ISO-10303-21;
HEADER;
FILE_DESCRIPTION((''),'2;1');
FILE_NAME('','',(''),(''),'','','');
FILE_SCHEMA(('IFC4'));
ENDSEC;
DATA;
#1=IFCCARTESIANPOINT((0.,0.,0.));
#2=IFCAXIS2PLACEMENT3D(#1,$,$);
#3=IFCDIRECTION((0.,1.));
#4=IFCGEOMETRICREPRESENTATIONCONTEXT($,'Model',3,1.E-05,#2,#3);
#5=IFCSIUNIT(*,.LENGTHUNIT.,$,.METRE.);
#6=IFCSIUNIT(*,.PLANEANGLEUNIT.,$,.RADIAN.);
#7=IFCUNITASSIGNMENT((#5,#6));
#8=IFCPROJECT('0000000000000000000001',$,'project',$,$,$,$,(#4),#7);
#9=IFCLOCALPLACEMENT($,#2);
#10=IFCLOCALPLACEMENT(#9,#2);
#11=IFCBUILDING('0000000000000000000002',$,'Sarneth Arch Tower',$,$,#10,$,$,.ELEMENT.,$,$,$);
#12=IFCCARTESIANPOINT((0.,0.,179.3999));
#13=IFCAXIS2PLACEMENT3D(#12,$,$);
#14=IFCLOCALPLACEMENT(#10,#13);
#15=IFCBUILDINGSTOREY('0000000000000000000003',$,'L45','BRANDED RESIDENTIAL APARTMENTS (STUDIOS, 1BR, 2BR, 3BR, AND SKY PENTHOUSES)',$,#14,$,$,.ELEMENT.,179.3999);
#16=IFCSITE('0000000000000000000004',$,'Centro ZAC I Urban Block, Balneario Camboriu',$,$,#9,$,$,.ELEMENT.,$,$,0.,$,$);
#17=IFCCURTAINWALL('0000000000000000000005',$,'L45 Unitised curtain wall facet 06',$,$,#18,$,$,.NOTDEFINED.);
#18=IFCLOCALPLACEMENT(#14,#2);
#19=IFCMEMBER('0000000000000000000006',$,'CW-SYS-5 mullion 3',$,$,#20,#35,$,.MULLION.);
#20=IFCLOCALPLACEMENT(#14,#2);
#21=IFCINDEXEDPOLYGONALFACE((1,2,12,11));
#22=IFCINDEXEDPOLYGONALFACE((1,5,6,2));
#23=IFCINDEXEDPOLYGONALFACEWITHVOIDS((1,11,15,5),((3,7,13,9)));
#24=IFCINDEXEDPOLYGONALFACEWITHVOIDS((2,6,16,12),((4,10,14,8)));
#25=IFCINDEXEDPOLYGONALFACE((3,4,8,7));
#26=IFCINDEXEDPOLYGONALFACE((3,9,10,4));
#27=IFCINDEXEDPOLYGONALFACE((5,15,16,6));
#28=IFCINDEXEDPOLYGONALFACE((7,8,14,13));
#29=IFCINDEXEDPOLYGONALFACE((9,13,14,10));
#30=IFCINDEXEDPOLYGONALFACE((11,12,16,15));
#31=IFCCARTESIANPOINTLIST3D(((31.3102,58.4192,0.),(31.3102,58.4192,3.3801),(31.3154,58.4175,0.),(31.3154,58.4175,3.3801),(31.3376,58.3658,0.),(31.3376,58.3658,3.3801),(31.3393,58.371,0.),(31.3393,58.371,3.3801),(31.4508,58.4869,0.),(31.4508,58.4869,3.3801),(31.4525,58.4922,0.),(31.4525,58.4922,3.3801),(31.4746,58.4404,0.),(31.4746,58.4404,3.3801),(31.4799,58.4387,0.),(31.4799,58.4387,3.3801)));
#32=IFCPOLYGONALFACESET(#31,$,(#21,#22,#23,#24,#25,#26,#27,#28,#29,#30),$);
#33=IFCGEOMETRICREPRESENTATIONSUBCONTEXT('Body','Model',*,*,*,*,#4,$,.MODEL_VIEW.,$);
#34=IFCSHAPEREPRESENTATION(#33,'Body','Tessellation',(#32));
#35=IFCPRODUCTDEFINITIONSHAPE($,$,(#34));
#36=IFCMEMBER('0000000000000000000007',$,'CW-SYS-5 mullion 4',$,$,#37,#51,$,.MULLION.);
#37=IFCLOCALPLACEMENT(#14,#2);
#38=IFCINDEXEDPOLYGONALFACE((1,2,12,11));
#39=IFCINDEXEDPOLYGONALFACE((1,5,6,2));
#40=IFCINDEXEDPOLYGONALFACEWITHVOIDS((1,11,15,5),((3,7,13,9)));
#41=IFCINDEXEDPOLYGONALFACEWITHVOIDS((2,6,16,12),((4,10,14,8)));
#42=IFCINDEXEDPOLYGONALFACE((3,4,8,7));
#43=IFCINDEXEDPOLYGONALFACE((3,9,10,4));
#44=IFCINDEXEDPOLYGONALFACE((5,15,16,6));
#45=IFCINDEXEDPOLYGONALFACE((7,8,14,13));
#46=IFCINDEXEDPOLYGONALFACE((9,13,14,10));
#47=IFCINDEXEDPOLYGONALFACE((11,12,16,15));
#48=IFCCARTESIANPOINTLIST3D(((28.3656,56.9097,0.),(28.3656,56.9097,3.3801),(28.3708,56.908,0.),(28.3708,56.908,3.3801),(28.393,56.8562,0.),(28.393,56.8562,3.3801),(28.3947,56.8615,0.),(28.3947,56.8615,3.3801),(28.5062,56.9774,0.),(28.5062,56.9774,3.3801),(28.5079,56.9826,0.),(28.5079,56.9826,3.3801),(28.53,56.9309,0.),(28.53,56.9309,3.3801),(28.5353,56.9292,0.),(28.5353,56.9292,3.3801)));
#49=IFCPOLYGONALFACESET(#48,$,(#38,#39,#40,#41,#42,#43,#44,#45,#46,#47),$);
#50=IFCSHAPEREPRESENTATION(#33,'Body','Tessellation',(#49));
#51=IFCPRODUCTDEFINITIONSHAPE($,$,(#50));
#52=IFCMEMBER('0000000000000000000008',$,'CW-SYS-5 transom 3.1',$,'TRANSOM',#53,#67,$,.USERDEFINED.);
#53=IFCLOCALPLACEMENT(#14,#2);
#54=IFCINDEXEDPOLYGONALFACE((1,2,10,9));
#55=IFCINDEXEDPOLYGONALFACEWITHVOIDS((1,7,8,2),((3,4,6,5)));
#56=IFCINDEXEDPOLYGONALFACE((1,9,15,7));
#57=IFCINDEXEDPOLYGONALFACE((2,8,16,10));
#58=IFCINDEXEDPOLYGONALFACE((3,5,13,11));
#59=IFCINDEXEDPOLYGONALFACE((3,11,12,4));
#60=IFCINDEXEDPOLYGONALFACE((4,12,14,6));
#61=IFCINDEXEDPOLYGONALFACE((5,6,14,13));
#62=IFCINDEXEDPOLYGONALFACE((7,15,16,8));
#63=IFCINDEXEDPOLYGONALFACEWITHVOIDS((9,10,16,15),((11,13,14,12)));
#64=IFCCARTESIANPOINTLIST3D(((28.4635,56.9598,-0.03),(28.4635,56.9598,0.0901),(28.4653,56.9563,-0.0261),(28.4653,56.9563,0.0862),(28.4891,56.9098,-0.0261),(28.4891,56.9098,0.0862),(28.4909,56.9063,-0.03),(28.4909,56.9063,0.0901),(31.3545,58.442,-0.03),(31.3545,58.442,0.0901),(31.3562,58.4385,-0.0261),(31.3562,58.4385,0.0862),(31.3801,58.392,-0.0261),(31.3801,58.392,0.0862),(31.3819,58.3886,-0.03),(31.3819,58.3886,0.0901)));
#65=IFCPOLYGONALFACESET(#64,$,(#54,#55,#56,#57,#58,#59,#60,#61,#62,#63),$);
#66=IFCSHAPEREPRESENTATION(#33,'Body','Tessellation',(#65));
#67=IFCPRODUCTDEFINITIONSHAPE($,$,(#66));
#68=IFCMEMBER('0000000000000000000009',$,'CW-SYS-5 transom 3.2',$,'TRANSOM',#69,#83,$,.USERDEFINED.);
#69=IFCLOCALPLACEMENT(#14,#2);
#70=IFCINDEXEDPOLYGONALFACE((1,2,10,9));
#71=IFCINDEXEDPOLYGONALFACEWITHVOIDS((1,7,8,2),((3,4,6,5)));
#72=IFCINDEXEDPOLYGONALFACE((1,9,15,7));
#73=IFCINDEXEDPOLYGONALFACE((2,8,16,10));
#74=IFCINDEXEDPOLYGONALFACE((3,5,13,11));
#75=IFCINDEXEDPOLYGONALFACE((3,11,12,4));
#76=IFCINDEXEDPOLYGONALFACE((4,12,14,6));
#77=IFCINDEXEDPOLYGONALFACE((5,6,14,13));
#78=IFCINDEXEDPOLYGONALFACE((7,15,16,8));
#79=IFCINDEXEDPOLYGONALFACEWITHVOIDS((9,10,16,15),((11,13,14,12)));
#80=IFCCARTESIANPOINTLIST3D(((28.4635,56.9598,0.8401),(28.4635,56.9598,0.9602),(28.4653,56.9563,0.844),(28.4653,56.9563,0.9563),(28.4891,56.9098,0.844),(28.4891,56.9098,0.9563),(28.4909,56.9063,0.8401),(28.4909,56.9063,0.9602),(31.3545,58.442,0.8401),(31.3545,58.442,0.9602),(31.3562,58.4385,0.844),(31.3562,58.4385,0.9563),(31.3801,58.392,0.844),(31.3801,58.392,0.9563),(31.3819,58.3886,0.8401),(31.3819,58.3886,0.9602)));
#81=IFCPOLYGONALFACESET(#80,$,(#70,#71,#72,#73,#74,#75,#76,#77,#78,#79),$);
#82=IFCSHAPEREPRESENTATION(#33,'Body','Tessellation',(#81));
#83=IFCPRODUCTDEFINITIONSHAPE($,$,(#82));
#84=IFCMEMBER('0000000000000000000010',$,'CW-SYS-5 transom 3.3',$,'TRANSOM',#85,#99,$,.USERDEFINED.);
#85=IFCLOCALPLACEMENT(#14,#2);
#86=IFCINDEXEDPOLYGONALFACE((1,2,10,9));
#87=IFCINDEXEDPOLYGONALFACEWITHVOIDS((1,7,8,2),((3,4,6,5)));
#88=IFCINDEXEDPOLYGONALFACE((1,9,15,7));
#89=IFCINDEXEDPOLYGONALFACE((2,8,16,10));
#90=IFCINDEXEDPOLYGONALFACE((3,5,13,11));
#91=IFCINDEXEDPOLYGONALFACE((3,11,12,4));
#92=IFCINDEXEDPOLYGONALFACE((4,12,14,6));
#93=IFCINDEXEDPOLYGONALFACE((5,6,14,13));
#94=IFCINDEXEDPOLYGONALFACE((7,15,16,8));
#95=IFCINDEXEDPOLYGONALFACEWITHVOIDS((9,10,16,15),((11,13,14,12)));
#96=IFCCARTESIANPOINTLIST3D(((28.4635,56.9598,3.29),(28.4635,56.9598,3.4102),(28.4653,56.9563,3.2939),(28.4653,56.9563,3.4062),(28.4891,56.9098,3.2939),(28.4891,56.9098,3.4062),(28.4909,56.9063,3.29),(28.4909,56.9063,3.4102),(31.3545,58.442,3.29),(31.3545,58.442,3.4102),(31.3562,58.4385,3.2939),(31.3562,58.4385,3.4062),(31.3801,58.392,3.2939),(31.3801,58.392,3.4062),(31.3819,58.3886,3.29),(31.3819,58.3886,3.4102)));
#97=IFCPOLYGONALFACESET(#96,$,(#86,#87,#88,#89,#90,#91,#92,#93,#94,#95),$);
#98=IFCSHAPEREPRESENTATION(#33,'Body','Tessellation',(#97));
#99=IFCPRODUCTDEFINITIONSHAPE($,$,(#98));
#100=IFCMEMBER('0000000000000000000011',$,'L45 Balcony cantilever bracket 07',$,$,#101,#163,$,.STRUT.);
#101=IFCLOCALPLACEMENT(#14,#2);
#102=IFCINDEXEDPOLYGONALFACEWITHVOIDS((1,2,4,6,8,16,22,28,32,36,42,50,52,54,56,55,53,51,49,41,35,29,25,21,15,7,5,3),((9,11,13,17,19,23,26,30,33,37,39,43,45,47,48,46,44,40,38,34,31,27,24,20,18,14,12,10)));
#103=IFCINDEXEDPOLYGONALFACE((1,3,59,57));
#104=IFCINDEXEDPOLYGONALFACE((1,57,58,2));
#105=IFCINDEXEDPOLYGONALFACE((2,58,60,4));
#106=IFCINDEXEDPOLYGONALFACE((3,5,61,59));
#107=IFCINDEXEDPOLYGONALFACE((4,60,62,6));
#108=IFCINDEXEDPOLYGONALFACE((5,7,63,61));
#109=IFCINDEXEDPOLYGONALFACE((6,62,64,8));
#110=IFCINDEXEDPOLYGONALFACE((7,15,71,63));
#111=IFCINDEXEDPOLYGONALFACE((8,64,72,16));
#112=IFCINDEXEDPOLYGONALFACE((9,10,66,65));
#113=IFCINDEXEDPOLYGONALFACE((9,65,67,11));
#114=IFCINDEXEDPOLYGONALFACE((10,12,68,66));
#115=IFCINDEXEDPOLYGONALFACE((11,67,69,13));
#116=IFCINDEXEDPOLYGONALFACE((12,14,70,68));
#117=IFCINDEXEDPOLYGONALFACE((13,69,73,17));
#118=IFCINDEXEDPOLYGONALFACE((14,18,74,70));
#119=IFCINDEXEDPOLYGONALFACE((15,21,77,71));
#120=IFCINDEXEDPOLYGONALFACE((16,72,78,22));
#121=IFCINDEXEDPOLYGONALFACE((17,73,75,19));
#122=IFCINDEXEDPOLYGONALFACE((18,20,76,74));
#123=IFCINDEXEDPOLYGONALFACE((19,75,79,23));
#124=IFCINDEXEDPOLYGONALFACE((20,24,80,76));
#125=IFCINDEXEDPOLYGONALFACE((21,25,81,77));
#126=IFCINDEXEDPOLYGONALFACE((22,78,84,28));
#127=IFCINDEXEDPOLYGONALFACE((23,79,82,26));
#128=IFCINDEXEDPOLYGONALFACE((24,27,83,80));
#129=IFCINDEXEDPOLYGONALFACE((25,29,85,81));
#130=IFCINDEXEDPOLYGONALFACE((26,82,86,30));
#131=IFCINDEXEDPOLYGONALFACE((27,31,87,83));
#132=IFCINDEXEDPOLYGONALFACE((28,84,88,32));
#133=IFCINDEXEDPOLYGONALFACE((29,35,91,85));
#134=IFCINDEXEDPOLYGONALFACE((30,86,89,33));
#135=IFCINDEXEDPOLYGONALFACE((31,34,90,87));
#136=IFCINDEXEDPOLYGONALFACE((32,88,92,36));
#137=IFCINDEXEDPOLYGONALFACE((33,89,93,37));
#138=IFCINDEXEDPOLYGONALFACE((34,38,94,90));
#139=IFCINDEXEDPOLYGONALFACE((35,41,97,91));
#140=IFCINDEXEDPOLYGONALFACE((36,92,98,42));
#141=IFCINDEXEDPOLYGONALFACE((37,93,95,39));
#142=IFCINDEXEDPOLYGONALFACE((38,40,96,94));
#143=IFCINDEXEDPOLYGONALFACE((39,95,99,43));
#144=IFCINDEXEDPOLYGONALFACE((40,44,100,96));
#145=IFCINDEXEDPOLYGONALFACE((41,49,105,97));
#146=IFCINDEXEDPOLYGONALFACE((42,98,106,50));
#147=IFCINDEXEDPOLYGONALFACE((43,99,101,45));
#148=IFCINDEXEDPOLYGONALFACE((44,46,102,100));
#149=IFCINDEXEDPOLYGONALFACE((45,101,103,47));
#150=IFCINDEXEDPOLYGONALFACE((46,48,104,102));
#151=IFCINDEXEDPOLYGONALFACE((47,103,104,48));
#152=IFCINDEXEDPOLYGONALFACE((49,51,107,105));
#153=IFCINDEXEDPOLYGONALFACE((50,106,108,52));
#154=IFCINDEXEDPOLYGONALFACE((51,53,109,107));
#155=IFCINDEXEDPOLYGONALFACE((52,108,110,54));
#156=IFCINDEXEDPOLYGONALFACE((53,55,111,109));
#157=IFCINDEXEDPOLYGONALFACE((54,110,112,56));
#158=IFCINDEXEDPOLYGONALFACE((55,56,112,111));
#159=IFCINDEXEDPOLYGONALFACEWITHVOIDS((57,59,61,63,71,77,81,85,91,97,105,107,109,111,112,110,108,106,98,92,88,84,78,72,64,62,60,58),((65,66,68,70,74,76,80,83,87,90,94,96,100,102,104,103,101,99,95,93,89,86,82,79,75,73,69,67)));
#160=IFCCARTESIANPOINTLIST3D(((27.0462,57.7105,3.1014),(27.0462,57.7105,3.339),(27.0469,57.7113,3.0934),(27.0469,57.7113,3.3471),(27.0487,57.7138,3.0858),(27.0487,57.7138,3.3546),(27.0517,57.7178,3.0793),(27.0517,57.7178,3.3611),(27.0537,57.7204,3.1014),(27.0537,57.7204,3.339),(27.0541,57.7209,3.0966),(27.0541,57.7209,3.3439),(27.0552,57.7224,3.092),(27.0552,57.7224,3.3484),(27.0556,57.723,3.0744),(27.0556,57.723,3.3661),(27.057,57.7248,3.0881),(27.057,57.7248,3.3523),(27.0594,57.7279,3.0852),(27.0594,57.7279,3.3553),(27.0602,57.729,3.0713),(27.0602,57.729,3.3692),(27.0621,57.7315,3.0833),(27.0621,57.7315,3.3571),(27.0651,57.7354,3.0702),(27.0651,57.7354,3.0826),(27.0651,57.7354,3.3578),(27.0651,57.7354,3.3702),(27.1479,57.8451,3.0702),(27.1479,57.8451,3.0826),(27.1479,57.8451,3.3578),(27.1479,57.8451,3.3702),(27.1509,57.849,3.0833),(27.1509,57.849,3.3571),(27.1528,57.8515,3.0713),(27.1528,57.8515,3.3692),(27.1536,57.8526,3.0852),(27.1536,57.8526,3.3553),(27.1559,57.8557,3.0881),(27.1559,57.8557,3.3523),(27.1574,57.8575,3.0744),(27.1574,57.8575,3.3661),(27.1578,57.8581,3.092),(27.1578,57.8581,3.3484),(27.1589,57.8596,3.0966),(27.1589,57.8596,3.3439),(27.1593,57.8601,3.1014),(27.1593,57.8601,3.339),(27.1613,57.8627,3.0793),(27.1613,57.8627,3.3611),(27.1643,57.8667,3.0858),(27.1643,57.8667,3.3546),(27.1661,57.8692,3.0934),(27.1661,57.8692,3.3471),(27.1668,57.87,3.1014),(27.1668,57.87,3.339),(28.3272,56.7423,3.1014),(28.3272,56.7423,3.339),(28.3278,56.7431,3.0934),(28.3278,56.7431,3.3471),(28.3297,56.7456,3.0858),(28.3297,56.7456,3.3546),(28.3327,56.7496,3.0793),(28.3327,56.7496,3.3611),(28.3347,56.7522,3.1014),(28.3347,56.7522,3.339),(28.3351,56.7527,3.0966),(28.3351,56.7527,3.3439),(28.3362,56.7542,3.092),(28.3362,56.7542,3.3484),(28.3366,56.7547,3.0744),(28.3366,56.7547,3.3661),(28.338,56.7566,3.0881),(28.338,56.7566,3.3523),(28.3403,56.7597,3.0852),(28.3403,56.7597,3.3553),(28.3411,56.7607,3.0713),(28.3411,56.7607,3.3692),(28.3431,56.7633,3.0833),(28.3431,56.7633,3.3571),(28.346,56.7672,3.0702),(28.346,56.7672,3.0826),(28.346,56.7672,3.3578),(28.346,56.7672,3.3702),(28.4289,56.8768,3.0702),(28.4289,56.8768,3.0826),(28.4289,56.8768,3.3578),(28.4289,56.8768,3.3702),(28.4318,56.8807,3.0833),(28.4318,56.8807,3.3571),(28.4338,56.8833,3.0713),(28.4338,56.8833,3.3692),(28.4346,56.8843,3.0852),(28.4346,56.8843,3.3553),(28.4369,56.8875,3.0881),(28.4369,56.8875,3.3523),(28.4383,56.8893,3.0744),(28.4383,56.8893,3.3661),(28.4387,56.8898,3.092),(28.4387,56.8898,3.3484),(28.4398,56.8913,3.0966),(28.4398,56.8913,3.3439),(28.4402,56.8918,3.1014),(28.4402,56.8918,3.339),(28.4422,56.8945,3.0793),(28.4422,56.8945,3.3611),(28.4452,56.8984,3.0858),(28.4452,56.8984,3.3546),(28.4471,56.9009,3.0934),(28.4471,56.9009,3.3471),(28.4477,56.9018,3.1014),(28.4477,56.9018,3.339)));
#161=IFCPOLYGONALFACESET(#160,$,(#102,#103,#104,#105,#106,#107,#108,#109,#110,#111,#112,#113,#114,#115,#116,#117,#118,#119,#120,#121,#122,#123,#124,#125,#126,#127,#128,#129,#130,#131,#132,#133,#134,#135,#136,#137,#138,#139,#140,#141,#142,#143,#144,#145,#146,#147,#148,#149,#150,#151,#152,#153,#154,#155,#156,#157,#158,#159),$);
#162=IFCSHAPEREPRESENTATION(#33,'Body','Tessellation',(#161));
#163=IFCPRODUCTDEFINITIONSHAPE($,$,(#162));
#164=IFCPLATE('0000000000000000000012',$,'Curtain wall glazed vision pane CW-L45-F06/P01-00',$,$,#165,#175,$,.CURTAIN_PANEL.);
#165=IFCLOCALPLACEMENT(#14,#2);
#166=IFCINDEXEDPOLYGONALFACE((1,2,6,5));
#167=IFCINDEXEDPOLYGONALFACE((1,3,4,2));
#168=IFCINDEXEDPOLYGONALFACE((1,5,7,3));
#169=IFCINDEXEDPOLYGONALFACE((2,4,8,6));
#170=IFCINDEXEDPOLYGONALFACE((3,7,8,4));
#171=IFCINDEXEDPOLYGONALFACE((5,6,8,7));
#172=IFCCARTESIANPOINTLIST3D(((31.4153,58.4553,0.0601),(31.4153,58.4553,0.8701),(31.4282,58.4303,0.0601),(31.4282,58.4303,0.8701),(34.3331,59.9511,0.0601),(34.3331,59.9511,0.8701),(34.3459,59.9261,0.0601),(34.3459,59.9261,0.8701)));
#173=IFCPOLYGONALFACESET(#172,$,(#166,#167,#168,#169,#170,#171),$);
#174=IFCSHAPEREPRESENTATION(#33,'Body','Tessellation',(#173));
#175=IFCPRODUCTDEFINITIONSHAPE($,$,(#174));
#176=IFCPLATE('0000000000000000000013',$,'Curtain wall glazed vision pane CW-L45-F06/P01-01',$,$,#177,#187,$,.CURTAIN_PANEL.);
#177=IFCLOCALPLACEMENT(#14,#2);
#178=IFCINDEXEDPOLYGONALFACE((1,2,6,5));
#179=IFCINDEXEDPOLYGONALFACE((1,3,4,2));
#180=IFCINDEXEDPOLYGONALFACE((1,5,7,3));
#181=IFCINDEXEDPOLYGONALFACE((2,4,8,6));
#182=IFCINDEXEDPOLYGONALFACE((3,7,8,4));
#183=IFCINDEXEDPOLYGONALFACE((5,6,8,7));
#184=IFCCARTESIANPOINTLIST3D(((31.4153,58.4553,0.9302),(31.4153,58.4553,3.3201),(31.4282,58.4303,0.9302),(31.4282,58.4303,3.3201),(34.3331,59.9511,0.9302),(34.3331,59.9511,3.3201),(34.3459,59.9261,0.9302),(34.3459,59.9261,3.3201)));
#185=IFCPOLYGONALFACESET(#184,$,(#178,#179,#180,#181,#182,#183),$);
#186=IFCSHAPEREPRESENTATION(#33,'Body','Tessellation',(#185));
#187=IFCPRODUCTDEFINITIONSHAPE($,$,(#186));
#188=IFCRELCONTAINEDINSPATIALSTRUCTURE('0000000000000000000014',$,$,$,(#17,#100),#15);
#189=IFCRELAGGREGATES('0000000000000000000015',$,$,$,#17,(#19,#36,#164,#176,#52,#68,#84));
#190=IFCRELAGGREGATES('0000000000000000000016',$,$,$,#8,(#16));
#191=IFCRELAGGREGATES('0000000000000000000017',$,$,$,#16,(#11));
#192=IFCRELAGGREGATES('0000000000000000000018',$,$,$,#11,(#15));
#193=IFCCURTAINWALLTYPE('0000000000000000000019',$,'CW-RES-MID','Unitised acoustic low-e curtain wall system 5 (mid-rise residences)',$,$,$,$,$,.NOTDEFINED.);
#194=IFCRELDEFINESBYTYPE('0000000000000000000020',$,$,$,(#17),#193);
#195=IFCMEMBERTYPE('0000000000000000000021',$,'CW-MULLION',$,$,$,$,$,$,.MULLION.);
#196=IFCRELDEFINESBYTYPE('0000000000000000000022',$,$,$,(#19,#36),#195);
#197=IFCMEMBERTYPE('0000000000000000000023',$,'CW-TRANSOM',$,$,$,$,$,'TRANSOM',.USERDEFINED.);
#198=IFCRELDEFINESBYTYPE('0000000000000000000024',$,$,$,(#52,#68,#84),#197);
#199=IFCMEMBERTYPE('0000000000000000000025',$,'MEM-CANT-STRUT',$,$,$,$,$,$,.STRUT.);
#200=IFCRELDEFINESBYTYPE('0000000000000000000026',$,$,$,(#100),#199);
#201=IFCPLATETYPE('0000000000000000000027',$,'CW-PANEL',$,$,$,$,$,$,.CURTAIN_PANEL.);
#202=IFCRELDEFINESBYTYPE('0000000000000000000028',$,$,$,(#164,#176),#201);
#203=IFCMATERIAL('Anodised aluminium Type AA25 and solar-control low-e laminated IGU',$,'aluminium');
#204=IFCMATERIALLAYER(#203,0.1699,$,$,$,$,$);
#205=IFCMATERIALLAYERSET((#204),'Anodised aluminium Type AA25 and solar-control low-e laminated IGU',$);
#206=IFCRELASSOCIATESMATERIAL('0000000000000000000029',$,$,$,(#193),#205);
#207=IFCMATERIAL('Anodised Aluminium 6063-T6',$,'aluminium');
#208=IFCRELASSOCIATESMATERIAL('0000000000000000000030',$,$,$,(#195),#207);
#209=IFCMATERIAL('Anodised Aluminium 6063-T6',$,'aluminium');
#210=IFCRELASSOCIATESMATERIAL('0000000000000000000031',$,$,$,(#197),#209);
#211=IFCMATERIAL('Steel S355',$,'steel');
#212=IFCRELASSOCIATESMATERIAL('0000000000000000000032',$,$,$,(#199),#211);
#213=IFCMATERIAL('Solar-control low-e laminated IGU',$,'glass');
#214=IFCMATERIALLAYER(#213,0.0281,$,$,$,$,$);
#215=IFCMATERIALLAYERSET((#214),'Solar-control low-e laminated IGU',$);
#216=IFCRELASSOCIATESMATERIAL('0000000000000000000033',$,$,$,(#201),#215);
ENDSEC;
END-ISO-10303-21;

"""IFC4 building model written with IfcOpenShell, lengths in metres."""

from ifc_helpers import new_model, si_unit, direction, frame, origin, origin_2d, place, context, subcontext, project, spatial, rectangle, hollow_rectangle, extrude, material, layer, layer_set, material_profile, profile_set, type_object, element, aggregate, save


model = new_model("IFC4")

# Units and contexts
model_context = context("Model", 3, precision=1e-05, world=origin(), true_north=direction((0.0, 1.0)))
body_context = subcontext(model_context, "Body", "Model", "MODEL_VIEW")
ifc_project = project(units=[si_unit("LENGTHUNIT", "METRE"), si_unit("PLANEANGLEUNIT", "RADIAN")], contexts=[model_context])

# Site, building, storey
site_placement = place(None, origin())
site = spatial("IfcSite", under=ifc_project, at=site_placement, Name="Centro ZAC I Urban Block, Balneario Camboriu", CompositionType="ELEMENT", RefElevation=0.0)
building_placement = place(site_placement, origin())
building = spatial("IfcBuilding", under=site, at=building_placement, Name="Sarneth Arch Tower", CompositionType="ELEMENT")
storey_placement = place(building_placement, frame((0.0, 0.0, 179.3999)))
storey = spatial("IfcBuildingStorey", under=building, at=storey_placement, Name="L45", Description="BRANDED RESIDENTIAL APARTMENTS (STUDIOS, 1BR, 2BR, 3BR, AND SKY PENTHOUSES)", CompositionType="ELEMENT", Elevation=179.3999)

# Curtain wall, members
ifc_material_1 = material(Name="Anodised aluminium Type AA25 and solar-control low-e laminated IGU", Category="aluminium")
ifc_layer_1 = layer(ifc_material_1, 0.1699)
ifc_layer_set_1 = layer_set([ifc_layer_1], Name="Anodised aluminium Type AA25 and solar-control low-e laminated IGU")
curtain_wall_type = type_object("IfcCurtainWallType", Name="CW-RES-MID", Description="Unitised acoustic low-e curtain wall system 5 (mid-rise residences)", PredefinedType="NOTDEFINED", material=ifc_layer_set_1)
curtain_wall_placement = place(storey_placement, origin())
curtain_wall = element("IfcCurtainWall", 1, at=curtain_wall_placement, inside=storey, type_object=curtain_wall_type, Name="L45 Unitised curtain wall facet 06", PredefinedType="NOTDEFINED")
ifc_material_2 = material(Name="Anodised Aluminium 6063-T6", Category="aluminium")
ifc_material_profile_1 = material_profile(ifc_material_2, hollow_rectangle(XDim=0.0601, YDim=0.1599, WallThickness=0.0039, at=origin_2d()), Name="AL-MULL-160x60x4")
ifc_profile_set_1 = profile_set([ifc_material_profile_1], Name="Anodised Aluminium 6063-T6")
member_type_1 = type_object("IfcMemberType", Name="CW-MULLION", PredefinedType="MULLION", material=ifc_profile_set_1)
member_1_placement = place(storey_placement, frame((31.395, 58.429, 0.0), z_axis=(0.0, 0.0, 1.0), x_axis=(0.456208, -0.889873, 0.0)))
member_1 = element("IfcMember", 2, at=member_1_placement, type_object=member_type_1, Name="CW-SYS-5 mullion 3", PredefinedType="MULLION", context=body_context, shape_type="SweptSolid", body=[
    extrude(hollow_rectangle(XDim=0.0601, YDim=0.1599, WallThickness=0.0039, at=origin_2d()), origin(), (0.0, 0.0, 1.0), 3.3801),
])
member_2_placement = place(storey_placement, frame((28.4504, 56.9194, 0.0), z_axis=(0.0, 0.0, 1.0), x_axis=(0.456208, -0.889873, 0.0)))
member_2 = element("IfcMember", 3, at=member_2_placement, type_object=member_type_1, Name="CW-SYS-5 mullion 4", PredefinedType="MULLION", context=body_context, shape_type="SweptSolid", body=[
    extrude(hollow_rectangle(XDim=0.0601, YDim=0.1599, WallThickness=0.0039, at=origin_2d()), origin(), (0.0, 0.0, 1.0), 3.3801),
])
ifc_material_3 = material(Name="Anodised Aluminium 6063-T6", Category="aluminium")
ifc_material_profile_2 = material_profile(ifc_material_3, hollow_rectangle(XDim=0.0601, YDim=0.1201, WallThickness=0.0039, at=origin_2d()), Name="AL-TRAN-120x60x4")
ifc_profile_set_2 = profile_set([ifc_material_profile_2], Name="Anodised Aluminium 6063-T6")
member_type_2 = type_object("IfcMemberType", Name="CW-TRANSOM", ElementType="TRANSOM", PredefinedType="USERDEFINED", material=ifc_profile_set_2)
member_3_placement = place(storey_placement, frame((31.3682, 58.4153, 0.03), z_axis=(-0.889857, -0.456239, 0.0), x_axis=(0.456239, -0.889857, 0.0)))
member_3 = element("IfcMember", 4, at=member_3_placement, type_object=member_type_2, Name="CW-SYS-5 transom 3.1", ObjectType="TRANSOM", PredefinedType="USERDEFINED", context=body_context, shape_type="SweptSolid", body=[
    extrude(hollow_rectangle(XDim=0.0601, YDim=0.1201, WallThickness=0.0039, at=origin_2d()), origin(), (0.0, 0.0, 1.0), 3.2488),
])
member_4_placement = place(storey_placement, frame((31.3682, 58.4153, 0.9001), z_axis=(-0.889857, -0.456239, 0.0), x_axis=(0.456239, -0.889857, 0.0)))
member_4 = element("IfcMember", 5, at=member_4_placement, type_object=member_type_2, Name="CW-SYS-5 transom 3.2", ObjectType="TRANSOM", PredefinedType="USERDEFINED", context=body_context, shape_type="SweptSolid", body=[
    extrude(hollow_rectangle(XDim=0.0601, YDim=0.1201, WallThickness=0.0039, at=origin_2d()), origin(), (0.0, 0.0, 1.0), 3.2488),
])
member_5_placement = place(storey_placement, frame((31.3682, 58.4153, 3.3501), z_axis=(-0.889857, -0.456239, 0.0), x_axis=(0.456239, -0.889857, 0.0)))
member_5 = element("IfcMember", 6, at=member_5_placement, type_object=member_type_2, Name="CW-SYS-5 transom 3.3", ObjectType="TRANSOM", PredefinedType="USERDEFINED", context=body_context, shape_type="SweptSolid", body=[
    extrude(hollow_rectangle(XDim=0.0601, YDim=0.1201, WallThickness=0.0039, at=origin_2d()), origin(), (0.0, 0.0, 1.0), 3.2488),
])

# Member
ifc_material_4 = material(Name="Steel S355", Category="steel")
ifc_material_profile_3 = material_profile(ifc_material_4, hollow_rectangle(XDim=0.2, YDim=0.3, WallThickness=0.0125, InnerFilletRadius=0.0188, OuterFilletRadius=0.0312, at=origin_2d()), Name="RHS300x200x12.5")
ifc_profile_set_3 = profile_set([ifc_material_profile_3], Name="Steel S355")
member_type_3 = type_object("IfcMemberType", Name="MEM-CANT-STRUT", PredefinedType="STRUT", material=ifc_profile_set_3)
member_6_placement = place(storey_placement, frame((28.3875, 56.822, 3.2202), z_axis=(-0.79775, 0.602988, 0.0), x_axis=(-0.602988, -0.79775, 0.0)))
element("IfcMember", 7, at=member_6_placement, inside=storey, type_object=member_type_3, Name="L45 Balcony cantilever bracket 07", PredefinedType="STRUT", context=body_context, shape_type="SweptSolid", body=[
    extrude(hollow_rectangle(XDim=0.2, YDim=0.3, WallThickness=0.0125, InnerFilletRadius=0.0188, OuterFilletRadius=0.0312, at=origin_2d()), origin(), (0.0, 0.0, 1.0), 1.6057),
])

# Plates
ifc_material_5 = material(Name="Solar-control low-e laminated IGU", Category="glass")
ifc_layer_2 = layer(ifc_material_5, 0.0281)
ifc_layer_set_2 = layer_set([ifc_layer_2], Name="Solar-control low-e laminated IGU")
plate_type_1 = type_object("IfcPlateType", Name="CW-PANEL", PredefinedType="CURTAIN_PANEL", material=ifc_layer_set_2)
plate_1_placement = place(storey_placement, frame((32.8806, 59.1907, 0.0601), z_axis=(0.0, 0.0, 1.0), x_axis=(-0.889873, -0.456208, 0.0)))
plate_1 = element("IfcPlate", 8, at=plate_1_placement, type_object=plate_type_1, Name="Curtain wall glazed vision pane CW-L45-F06/P01-00", PredefinedType="CURTAIN_PANEL", context=body_context, shape_type="SweptSolid", body=[
    extrude(rectangle(XDim=3.2788, YDim=0.0281, at=origin_2d()), origin(), (0.0, 0.0, 1.0), 0.8101),
])
plate_2_placement = place(storey_placement, frame((32.8806, 59.1907, 0.9302), z_axis=(0.0, 0.0, 1.0), x_axis=(-0.889873, -0.456208, 0.0)))
plate_2 = element("IfcPlate", 9, at=plate_2_placement, type_object=plate_type_1, Name="Curtain wall glazed vision pane CW-L45-F06/P01-01", PredefinedType="CURTAIN_PANEL", context=body_context, shape_type="SweptSolid", body=[
    extrude(rectangle(XDim=3.2788, YDim=0.0281, at=origin_2d()), origin(), (0.0, 0.0, 1.0), 2.3899),
])
aggregate(curtain_wall, [member_1, member_2, plate_1, plate_2, member_3, member_4, member_5])

save(model, "model.ifc")
